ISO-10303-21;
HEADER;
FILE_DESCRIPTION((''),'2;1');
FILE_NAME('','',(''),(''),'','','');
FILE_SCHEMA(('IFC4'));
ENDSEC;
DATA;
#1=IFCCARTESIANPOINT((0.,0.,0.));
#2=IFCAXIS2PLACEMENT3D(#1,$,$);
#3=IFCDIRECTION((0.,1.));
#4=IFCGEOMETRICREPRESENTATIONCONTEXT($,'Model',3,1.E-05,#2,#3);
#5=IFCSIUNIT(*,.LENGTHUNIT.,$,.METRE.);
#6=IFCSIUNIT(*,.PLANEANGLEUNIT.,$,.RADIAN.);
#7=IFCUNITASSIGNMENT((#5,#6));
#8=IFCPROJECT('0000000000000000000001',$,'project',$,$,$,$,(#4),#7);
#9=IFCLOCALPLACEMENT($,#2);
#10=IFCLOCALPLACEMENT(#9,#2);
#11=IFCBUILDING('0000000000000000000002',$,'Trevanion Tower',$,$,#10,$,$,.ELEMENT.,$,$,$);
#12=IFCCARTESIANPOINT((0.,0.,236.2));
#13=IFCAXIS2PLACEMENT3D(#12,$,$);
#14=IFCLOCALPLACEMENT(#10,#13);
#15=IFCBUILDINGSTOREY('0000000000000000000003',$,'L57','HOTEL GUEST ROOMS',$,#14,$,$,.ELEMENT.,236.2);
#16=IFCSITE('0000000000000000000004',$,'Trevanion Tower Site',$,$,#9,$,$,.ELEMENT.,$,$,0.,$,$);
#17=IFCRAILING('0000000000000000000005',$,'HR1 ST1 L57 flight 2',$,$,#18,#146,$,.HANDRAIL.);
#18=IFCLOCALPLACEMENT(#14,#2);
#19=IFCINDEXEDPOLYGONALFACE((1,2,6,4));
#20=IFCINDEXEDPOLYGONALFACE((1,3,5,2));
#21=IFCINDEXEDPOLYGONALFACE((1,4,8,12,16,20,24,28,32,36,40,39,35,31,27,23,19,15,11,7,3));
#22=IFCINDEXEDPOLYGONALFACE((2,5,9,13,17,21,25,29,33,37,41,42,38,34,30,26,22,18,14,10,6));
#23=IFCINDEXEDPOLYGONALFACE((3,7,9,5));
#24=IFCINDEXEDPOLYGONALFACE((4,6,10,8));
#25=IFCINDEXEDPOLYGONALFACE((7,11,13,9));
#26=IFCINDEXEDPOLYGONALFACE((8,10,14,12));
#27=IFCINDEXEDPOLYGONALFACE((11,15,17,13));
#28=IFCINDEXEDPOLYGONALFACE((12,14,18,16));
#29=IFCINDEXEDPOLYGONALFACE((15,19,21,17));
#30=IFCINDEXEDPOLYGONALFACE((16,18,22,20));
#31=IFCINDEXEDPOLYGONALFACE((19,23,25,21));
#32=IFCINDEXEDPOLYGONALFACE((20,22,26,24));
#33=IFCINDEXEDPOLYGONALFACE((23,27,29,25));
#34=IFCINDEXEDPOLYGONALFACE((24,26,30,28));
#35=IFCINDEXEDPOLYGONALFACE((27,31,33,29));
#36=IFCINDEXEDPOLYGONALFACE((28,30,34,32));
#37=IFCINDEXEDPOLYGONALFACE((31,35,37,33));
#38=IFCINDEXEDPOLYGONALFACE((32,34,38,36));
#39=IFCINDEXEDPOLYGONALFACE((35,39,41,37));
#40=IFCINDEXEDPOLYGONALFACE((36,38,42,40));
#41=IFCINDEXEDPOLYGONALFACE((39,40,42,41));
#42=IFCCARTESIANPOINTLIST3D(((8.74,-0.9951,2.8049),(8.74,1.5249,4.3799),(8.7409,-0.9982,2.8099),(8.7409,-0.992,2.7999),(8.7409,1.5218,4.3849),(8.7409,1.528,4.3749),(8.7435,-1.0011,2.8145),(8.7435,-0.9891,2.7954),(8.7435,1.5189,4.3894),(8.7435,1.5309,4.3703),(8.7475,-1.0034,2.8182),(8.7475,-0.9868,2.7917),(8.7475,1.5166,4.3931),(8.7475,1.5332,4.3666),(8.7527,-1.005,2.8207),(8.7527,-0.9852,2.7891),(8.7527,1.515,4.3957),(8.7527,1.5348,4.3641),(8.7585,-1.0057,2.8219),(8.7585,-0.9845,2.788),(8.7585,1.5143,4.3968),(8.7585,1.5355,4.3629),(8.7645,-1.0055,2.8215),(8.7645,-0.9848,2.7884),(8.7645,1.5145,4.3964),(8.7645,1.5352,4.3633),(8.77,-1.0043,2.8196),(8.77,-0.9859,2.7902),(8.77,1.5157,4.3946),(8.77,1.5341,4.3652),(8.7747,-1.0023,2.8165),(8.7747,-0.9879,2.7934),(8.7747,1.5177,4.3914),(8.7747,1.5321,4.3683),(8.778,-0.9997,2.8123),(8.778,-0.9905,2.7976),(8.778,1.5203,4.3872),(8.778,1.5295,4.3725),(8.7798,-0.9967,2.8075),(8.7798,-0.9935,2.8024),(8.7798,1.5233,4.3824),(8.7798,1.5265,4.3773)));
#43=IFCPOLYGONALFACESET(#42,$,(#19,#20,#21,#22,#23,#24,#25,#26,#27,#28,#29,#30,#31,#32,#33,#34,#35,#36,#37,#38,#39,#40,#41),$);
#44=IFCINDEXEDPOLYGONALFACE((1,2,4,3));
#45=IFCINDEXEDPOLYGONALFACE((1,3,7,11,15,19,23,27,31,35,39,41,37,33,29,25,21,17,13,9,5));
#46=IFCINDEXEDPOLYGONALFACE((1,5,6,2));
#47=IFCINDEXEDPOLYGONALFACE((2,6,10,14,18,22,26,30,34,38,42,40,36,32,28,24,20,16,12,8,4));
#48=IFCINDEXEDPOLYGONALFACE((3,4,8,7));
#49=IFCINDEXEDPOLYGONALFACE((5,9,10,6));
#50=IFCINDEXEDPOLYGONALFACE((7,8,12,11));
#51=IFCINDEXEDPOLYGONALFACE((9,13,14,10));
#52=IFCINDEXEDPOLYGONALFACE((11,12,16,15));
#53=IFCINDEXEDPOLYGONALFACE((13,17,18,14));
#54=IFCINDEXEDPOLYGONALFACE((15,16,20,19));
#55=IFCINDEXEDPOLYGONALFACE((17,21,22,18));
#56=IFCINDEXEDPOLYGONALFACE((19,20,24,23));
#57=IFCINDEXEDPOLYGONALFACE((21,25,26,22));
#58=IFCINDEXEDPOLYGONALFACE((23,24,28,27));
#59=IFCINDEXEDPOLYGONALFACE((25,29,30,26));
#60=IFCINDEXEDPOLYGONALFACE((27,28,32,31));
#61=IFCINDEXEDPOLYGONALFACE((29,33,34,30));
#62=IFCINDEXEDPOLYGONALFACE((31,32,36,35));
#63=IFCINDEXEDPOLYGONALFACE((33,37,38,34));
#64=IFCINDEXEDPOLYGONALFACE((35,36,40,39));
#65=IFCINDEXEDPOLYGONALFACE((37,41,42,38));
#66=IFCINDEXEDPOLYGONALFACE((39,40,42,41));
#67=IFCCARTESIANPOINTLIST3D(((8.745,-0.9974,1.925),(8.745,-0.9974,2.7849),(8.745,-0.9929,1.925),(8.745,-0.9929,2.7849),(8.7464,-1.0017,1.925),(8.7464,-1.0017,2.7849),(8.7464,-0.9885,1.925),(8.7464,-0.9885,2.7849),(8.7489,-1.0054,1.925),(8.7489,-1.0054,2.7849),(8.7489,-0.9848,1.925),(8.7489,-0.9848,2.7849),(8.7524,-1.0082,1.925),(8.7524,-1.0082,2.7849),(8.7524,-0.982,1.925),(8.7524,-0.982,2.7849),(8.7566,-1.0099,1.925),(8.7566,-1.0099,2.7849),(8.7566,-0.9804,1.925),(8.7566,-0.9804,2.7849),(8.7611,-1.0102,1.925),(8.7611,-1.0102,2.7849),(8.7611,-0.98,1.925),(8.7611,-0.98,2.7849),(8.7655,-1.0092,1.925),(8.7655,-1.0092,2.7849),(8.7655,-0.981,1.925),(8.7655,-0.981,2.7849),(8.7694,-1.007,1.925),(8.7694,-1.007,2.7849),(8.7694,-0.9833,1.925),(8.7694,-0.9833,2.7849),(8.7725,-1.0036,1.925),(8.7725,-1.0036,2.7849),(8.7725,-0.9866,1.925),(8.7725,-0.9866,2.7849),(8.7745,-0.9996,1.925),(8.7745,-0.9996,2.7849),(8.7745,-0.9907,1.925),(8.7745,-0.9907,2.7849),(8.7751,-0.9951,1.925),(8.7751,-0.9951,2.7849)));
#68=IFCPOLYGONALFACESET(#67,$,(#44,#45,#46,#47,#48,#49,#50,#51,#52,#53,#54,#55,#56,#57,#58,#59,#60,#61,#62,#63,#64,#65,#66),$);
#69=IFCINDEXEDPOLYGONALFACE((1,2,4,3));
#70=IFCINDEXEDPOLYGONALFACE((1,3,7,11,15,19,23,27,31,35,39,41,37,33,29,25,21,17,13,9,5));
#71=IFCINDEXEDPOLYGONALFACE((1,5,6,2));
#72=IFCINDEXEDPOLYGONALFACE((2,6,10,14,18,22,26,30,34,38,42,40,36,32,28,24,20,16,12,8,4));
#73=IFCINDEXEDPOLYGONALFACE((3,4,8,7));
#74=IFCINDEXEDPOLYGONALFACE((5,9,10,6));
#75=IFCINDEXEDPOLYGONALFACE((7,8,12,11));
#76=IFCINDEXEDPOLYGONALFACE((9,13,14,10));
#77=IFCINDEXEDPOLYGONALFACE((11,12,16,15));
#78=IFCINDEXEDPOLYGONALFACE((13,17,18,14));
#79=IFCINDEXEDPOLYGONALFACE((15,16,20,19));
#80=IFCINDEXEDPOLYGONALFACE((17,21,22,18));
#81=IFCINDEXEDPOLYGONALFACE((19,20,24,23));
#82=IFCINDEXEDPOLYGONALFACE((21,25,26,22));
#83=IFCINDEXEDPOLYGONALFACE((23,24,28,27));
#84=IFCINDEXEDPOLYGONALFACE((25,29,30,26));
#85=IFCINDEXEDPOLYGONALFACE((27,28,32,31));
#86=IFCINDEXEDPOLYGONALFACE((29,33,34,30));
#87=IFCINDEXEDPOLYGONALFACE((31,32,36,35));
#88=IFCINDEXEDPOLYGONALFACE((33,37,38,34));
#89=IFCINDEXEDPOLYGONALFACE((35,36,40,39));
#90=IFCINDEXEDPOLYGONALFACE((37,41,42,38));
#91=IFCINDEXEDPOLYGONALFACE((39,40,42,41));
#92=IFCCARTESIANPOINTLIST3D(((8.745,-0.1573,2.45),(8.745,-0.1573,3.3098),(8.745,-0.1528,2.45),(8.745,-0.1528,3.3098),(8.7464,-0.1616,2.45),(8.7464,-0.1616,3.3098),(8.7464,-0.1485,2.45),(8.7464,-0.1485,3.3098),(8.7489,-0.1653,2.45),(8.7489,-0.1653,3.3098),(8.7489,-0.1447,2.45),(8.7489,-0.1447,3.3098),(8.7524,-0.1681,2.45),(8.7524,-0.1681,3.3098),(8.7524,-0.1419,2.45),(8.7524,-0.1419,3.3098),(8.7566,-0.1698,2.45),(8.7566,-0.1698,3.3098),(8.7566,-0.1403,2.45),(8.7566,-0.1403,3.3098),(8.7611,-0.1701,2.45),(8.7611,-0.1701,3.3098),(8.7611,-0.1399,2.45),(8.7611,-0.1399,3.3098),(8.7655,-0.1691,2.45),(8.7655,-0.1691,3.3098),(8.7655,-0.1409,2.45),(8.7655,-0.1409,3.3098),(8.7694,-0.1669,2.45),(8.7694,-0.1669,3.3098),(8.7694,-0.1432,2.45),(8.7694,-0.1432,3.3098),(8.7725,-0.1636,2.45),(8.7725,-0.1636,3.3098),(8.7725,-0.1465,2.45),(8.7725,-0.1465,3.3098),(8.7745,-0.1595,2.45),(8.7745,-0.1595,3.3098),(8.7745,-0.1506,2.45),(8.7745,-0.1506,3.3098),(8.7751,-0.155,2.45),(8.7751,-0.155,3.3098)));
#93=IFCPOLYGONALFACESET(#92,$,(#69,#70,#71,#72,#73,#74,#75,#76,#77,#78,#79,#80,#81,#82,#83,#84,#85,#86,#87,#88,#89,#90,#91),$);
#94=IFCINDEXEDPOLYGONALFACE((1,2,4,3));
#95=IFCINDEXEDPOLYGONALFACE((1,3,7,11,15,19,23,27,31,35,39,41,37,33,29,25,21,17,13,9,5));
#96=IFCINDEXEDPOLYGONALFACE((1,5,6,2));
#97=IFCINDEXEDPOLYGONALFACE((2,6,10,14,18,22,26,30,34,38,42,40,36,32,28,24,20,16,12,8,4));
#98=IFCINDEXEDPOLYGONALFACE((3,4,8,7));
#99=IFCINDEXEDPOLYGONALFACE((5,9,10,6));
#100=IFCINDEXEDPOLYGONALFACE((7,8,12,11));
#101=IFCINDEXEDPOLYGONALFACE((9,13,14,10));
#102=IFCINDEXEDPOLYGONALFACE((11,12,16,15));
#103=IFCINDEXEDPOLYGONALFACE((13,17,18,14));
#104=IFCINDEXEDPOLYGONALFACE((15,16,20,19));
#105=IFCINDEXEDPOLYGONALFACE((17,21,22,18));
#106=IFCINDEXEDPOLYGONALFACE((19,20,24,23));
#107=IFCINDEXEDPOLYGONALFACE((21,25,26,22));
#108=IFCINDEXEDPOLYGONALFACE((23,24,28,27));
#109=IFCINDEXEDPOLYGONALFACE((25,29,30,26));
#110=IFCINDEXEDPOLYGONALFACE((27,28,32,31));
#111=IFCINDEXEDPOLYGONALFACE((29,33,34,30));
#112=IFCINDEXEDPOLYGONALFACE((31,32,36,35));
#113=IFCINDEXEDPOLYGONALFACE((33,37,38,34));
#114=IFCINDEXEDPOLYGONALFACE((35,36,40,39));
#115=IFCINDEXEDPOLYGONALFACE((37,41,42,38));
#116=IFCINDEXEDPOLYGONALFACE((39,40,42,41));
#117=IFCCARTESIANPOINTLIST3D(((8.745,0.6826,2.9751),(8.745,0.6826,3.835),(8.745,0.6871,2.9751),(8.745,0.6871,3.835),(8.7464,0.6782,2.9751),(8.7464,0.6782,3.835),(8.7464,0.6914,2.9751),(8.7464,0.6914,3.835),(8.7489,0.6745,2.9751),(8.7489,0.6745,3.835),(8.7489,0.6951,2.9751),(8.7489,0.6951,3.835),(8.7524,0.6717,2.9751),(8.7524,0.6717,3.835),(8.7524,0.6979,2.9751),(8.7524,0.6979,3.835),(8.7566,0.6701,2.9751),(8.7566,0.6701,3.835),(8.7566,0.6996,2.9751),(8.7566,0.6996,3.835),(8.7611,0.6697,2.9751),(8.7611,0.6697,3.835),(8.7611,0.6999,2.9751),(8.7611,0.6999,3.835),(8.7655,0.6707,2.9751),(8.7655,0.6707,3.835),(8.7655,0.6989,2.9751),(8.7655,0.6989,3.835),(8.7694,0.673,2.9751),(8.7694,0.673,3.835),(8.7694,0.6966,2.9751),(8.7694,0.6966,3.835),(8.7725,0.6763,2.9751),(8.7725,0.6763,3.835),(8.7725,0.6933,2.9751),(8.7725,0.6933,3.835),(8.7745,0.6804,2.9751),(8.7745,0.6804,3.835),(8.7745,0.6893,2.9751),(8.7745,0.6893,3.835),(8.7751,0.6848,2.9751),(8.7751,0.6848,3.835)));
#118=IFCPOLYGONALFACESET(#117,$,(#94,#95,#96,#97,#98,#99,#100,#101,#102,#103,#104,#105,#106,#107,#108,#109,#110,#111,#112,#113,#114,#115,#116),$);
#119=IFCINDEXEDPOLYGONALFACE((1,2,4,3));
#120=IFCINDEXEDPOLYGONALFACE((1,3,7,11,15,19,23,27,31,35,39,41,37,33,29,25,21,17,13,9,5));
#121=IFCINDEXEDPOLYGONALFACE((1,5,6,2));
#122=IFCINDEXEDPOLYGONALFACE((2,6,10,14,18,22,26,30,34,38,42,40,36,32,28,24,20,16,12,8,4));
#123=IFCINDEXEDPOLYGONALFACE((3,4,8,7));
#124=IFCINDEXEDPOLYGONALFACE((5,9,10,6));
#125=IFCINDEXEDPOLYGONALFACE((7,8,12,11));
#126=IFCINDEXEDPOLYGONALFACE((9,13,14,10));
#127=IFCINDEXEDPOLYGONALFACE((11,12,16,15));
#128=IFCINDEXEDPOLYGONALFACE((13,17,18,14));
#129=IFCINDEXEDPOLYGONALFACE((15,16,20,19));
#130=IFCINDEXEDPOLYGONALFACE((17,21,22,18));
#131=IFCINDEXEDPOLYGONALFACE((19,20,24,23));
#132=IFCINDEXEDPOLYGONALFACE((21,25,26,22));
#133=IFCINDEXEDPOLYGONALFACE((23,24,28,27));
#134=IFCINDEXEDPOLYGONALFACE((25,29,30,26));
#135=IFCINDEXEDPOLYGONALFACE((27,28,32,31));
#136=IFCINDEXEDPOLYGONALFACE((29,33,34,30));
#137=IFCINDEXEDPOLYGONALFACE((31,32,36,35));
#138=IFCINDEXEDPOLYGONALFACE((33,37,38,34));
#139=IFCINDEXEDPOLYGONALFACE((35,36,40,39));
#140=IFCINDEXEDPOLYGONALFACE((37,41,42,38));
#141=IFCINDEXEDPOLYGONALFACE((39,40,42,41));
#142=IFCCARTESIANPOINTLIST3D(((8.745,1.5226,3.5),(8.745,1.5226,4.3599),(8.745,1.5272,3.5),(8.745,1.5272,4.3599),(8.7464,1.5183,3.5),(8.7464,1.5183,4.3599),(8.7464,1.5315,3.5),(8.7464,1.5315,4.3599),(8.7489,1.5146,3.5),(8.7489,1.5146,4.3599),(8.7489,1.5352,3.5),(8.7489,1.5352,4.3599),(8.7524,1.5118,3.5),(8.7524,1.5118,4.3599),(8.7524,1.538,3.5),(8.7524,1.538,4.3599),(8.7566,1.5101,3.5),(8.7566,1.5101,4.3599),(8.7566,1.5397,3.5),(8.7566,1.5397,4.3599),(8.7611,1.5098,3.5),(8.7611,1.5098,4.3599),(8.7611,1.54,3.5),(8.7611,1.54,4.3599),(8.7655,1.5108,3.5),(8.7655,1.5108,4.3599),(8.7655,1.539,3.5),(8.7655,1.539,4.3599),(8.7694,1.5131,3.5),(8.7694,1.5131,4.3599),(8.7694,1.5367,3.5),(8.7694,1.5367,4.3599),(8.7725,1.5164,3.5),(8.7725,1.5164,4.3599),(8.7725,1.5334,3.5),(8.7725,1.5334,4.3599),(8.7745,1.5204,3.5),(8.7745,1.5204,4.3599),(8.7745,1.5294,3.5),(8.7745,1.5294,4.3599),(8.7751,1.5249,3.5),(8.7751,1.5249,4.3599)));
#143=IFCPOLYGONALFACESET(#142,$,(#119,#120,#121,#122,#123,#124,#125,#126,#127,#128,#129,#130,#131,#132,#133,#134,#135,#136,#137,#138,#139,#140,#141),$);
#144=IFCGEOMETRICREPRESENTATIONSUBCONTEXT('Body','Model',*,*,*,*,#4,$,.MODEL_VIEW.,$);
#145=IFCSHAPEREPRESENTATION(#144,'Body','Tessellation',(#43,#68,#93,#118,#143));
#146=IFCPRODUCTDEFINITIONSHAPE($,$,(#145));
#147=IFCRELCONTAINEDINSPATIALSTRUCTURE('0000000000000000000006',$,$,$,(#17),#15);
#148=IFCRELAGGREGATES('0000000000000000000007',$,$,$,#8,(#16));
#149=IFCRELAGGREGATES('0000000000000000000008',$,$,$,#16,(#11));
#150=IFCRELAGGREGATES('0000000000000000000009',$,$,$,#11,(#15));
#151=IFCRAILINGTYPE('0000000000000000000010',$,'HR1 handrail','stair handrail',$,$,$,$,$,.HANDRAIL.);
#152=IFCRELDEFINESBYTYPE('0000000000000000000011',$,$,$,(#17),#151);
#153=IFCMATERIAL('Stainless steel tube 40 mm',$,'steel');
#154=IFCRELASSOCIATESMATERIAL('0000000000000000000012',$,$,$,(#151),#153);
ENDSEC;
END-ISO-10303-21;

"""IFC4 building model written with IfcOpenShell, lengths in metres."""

from ifc_helpers import new_model, si_unit, direction, frame, origin, origin_2d, place, context, subcontext, project, spatial, circle, extrude, material, type_object, element, save


model = new_model("IFC4")

# Units and contexts
model_context = context("Model", 3, precision=1e-05, world=origin(), true_north=direction((0.0, 1.0)))
body_context = subcontext(model_context, "Body", "Model", "MODEL_VIEW")
ifc_project = project(units=[si_unit("LENGTHUNIT", "METRE"), si_unit("PLANEANGLEUNIT", "RADIAN")], contexts=[model_context])

# Site, building, storey
site_placement = place(None, origin())
site = spatial("IfcSite", under=ifc_project, at=site_placement, Name="Trevanion Tower Site", CompositionType="ELEMENT", RefElevation=0.0)
building_placement = place(site_placement, origin())
building = spatial("IfcBuilding", under=site, at=building_placement, Name="Trevanion Tower", CompositionType="ELEMENT")
storey_placement = place(building_placement, frame((0.0, 0.0, 236.2)))
storey = spatial("IfcBuildingStorey", under=building, at=storey_placement, Name="L57", Description="HOTEL GUEST ROOMS", CompositionType="ELEMENT", Elevation=236.2)

# Railing
ifc_material_1 = material(Name="Stainless steel tube 40 mm", Category="steel")
railing_type = type_object("IfcRailingType", Name="HR1 handrail", Description="stair handrail", PredefinedType="HANDRAIL", material=ifc_material_1)
for number, where, name in (
    (1, (8.76, -0.9951, 1.925), "HR1 ST1 L57 flight 2"),
):
    element("IfcRailing", number, at=place(storey_placement, frame(where)), inside=storey, type_object=railing_type, Name=name, PredefinedType="HANDRAIL", context=body_context, shape_type="SweptSolid", body=[
        extrude(circle(Radius=0.02, at=origin_2d()), frame((0.0, 0.0, 0.8799), z_axis=(0.0, 0.848008, 0.529984), x_axis=(-1.0, 0.0, 0.0)), (0.0, 0.0, 1.0), 2.9717),
        extrude(circle(Radius=0.0151, at=origin_2d()), origin(), (0.0, 0.0, 1.0), 0.8599),
        extrude(circle(Radius=0.0151, at=origin_2d()), frame((0.0, 0.8401, 0.5249)), (0.0, 0.0, 1.0), 0.8599),
        extrude(circle(Radius=0.0151, at=origin_2d()), frame((0.0, 1.6799, 1.05)), (0.0, 0.0, 1.0), 0.8599),
        extrude(circle(Radius=0.0151, at=origin_2d()), frame((0.0, 2.52, 1.575)), (0.0, 0.0, 1.0), 0.8599),
    ])

save(model, "model.ifc")
